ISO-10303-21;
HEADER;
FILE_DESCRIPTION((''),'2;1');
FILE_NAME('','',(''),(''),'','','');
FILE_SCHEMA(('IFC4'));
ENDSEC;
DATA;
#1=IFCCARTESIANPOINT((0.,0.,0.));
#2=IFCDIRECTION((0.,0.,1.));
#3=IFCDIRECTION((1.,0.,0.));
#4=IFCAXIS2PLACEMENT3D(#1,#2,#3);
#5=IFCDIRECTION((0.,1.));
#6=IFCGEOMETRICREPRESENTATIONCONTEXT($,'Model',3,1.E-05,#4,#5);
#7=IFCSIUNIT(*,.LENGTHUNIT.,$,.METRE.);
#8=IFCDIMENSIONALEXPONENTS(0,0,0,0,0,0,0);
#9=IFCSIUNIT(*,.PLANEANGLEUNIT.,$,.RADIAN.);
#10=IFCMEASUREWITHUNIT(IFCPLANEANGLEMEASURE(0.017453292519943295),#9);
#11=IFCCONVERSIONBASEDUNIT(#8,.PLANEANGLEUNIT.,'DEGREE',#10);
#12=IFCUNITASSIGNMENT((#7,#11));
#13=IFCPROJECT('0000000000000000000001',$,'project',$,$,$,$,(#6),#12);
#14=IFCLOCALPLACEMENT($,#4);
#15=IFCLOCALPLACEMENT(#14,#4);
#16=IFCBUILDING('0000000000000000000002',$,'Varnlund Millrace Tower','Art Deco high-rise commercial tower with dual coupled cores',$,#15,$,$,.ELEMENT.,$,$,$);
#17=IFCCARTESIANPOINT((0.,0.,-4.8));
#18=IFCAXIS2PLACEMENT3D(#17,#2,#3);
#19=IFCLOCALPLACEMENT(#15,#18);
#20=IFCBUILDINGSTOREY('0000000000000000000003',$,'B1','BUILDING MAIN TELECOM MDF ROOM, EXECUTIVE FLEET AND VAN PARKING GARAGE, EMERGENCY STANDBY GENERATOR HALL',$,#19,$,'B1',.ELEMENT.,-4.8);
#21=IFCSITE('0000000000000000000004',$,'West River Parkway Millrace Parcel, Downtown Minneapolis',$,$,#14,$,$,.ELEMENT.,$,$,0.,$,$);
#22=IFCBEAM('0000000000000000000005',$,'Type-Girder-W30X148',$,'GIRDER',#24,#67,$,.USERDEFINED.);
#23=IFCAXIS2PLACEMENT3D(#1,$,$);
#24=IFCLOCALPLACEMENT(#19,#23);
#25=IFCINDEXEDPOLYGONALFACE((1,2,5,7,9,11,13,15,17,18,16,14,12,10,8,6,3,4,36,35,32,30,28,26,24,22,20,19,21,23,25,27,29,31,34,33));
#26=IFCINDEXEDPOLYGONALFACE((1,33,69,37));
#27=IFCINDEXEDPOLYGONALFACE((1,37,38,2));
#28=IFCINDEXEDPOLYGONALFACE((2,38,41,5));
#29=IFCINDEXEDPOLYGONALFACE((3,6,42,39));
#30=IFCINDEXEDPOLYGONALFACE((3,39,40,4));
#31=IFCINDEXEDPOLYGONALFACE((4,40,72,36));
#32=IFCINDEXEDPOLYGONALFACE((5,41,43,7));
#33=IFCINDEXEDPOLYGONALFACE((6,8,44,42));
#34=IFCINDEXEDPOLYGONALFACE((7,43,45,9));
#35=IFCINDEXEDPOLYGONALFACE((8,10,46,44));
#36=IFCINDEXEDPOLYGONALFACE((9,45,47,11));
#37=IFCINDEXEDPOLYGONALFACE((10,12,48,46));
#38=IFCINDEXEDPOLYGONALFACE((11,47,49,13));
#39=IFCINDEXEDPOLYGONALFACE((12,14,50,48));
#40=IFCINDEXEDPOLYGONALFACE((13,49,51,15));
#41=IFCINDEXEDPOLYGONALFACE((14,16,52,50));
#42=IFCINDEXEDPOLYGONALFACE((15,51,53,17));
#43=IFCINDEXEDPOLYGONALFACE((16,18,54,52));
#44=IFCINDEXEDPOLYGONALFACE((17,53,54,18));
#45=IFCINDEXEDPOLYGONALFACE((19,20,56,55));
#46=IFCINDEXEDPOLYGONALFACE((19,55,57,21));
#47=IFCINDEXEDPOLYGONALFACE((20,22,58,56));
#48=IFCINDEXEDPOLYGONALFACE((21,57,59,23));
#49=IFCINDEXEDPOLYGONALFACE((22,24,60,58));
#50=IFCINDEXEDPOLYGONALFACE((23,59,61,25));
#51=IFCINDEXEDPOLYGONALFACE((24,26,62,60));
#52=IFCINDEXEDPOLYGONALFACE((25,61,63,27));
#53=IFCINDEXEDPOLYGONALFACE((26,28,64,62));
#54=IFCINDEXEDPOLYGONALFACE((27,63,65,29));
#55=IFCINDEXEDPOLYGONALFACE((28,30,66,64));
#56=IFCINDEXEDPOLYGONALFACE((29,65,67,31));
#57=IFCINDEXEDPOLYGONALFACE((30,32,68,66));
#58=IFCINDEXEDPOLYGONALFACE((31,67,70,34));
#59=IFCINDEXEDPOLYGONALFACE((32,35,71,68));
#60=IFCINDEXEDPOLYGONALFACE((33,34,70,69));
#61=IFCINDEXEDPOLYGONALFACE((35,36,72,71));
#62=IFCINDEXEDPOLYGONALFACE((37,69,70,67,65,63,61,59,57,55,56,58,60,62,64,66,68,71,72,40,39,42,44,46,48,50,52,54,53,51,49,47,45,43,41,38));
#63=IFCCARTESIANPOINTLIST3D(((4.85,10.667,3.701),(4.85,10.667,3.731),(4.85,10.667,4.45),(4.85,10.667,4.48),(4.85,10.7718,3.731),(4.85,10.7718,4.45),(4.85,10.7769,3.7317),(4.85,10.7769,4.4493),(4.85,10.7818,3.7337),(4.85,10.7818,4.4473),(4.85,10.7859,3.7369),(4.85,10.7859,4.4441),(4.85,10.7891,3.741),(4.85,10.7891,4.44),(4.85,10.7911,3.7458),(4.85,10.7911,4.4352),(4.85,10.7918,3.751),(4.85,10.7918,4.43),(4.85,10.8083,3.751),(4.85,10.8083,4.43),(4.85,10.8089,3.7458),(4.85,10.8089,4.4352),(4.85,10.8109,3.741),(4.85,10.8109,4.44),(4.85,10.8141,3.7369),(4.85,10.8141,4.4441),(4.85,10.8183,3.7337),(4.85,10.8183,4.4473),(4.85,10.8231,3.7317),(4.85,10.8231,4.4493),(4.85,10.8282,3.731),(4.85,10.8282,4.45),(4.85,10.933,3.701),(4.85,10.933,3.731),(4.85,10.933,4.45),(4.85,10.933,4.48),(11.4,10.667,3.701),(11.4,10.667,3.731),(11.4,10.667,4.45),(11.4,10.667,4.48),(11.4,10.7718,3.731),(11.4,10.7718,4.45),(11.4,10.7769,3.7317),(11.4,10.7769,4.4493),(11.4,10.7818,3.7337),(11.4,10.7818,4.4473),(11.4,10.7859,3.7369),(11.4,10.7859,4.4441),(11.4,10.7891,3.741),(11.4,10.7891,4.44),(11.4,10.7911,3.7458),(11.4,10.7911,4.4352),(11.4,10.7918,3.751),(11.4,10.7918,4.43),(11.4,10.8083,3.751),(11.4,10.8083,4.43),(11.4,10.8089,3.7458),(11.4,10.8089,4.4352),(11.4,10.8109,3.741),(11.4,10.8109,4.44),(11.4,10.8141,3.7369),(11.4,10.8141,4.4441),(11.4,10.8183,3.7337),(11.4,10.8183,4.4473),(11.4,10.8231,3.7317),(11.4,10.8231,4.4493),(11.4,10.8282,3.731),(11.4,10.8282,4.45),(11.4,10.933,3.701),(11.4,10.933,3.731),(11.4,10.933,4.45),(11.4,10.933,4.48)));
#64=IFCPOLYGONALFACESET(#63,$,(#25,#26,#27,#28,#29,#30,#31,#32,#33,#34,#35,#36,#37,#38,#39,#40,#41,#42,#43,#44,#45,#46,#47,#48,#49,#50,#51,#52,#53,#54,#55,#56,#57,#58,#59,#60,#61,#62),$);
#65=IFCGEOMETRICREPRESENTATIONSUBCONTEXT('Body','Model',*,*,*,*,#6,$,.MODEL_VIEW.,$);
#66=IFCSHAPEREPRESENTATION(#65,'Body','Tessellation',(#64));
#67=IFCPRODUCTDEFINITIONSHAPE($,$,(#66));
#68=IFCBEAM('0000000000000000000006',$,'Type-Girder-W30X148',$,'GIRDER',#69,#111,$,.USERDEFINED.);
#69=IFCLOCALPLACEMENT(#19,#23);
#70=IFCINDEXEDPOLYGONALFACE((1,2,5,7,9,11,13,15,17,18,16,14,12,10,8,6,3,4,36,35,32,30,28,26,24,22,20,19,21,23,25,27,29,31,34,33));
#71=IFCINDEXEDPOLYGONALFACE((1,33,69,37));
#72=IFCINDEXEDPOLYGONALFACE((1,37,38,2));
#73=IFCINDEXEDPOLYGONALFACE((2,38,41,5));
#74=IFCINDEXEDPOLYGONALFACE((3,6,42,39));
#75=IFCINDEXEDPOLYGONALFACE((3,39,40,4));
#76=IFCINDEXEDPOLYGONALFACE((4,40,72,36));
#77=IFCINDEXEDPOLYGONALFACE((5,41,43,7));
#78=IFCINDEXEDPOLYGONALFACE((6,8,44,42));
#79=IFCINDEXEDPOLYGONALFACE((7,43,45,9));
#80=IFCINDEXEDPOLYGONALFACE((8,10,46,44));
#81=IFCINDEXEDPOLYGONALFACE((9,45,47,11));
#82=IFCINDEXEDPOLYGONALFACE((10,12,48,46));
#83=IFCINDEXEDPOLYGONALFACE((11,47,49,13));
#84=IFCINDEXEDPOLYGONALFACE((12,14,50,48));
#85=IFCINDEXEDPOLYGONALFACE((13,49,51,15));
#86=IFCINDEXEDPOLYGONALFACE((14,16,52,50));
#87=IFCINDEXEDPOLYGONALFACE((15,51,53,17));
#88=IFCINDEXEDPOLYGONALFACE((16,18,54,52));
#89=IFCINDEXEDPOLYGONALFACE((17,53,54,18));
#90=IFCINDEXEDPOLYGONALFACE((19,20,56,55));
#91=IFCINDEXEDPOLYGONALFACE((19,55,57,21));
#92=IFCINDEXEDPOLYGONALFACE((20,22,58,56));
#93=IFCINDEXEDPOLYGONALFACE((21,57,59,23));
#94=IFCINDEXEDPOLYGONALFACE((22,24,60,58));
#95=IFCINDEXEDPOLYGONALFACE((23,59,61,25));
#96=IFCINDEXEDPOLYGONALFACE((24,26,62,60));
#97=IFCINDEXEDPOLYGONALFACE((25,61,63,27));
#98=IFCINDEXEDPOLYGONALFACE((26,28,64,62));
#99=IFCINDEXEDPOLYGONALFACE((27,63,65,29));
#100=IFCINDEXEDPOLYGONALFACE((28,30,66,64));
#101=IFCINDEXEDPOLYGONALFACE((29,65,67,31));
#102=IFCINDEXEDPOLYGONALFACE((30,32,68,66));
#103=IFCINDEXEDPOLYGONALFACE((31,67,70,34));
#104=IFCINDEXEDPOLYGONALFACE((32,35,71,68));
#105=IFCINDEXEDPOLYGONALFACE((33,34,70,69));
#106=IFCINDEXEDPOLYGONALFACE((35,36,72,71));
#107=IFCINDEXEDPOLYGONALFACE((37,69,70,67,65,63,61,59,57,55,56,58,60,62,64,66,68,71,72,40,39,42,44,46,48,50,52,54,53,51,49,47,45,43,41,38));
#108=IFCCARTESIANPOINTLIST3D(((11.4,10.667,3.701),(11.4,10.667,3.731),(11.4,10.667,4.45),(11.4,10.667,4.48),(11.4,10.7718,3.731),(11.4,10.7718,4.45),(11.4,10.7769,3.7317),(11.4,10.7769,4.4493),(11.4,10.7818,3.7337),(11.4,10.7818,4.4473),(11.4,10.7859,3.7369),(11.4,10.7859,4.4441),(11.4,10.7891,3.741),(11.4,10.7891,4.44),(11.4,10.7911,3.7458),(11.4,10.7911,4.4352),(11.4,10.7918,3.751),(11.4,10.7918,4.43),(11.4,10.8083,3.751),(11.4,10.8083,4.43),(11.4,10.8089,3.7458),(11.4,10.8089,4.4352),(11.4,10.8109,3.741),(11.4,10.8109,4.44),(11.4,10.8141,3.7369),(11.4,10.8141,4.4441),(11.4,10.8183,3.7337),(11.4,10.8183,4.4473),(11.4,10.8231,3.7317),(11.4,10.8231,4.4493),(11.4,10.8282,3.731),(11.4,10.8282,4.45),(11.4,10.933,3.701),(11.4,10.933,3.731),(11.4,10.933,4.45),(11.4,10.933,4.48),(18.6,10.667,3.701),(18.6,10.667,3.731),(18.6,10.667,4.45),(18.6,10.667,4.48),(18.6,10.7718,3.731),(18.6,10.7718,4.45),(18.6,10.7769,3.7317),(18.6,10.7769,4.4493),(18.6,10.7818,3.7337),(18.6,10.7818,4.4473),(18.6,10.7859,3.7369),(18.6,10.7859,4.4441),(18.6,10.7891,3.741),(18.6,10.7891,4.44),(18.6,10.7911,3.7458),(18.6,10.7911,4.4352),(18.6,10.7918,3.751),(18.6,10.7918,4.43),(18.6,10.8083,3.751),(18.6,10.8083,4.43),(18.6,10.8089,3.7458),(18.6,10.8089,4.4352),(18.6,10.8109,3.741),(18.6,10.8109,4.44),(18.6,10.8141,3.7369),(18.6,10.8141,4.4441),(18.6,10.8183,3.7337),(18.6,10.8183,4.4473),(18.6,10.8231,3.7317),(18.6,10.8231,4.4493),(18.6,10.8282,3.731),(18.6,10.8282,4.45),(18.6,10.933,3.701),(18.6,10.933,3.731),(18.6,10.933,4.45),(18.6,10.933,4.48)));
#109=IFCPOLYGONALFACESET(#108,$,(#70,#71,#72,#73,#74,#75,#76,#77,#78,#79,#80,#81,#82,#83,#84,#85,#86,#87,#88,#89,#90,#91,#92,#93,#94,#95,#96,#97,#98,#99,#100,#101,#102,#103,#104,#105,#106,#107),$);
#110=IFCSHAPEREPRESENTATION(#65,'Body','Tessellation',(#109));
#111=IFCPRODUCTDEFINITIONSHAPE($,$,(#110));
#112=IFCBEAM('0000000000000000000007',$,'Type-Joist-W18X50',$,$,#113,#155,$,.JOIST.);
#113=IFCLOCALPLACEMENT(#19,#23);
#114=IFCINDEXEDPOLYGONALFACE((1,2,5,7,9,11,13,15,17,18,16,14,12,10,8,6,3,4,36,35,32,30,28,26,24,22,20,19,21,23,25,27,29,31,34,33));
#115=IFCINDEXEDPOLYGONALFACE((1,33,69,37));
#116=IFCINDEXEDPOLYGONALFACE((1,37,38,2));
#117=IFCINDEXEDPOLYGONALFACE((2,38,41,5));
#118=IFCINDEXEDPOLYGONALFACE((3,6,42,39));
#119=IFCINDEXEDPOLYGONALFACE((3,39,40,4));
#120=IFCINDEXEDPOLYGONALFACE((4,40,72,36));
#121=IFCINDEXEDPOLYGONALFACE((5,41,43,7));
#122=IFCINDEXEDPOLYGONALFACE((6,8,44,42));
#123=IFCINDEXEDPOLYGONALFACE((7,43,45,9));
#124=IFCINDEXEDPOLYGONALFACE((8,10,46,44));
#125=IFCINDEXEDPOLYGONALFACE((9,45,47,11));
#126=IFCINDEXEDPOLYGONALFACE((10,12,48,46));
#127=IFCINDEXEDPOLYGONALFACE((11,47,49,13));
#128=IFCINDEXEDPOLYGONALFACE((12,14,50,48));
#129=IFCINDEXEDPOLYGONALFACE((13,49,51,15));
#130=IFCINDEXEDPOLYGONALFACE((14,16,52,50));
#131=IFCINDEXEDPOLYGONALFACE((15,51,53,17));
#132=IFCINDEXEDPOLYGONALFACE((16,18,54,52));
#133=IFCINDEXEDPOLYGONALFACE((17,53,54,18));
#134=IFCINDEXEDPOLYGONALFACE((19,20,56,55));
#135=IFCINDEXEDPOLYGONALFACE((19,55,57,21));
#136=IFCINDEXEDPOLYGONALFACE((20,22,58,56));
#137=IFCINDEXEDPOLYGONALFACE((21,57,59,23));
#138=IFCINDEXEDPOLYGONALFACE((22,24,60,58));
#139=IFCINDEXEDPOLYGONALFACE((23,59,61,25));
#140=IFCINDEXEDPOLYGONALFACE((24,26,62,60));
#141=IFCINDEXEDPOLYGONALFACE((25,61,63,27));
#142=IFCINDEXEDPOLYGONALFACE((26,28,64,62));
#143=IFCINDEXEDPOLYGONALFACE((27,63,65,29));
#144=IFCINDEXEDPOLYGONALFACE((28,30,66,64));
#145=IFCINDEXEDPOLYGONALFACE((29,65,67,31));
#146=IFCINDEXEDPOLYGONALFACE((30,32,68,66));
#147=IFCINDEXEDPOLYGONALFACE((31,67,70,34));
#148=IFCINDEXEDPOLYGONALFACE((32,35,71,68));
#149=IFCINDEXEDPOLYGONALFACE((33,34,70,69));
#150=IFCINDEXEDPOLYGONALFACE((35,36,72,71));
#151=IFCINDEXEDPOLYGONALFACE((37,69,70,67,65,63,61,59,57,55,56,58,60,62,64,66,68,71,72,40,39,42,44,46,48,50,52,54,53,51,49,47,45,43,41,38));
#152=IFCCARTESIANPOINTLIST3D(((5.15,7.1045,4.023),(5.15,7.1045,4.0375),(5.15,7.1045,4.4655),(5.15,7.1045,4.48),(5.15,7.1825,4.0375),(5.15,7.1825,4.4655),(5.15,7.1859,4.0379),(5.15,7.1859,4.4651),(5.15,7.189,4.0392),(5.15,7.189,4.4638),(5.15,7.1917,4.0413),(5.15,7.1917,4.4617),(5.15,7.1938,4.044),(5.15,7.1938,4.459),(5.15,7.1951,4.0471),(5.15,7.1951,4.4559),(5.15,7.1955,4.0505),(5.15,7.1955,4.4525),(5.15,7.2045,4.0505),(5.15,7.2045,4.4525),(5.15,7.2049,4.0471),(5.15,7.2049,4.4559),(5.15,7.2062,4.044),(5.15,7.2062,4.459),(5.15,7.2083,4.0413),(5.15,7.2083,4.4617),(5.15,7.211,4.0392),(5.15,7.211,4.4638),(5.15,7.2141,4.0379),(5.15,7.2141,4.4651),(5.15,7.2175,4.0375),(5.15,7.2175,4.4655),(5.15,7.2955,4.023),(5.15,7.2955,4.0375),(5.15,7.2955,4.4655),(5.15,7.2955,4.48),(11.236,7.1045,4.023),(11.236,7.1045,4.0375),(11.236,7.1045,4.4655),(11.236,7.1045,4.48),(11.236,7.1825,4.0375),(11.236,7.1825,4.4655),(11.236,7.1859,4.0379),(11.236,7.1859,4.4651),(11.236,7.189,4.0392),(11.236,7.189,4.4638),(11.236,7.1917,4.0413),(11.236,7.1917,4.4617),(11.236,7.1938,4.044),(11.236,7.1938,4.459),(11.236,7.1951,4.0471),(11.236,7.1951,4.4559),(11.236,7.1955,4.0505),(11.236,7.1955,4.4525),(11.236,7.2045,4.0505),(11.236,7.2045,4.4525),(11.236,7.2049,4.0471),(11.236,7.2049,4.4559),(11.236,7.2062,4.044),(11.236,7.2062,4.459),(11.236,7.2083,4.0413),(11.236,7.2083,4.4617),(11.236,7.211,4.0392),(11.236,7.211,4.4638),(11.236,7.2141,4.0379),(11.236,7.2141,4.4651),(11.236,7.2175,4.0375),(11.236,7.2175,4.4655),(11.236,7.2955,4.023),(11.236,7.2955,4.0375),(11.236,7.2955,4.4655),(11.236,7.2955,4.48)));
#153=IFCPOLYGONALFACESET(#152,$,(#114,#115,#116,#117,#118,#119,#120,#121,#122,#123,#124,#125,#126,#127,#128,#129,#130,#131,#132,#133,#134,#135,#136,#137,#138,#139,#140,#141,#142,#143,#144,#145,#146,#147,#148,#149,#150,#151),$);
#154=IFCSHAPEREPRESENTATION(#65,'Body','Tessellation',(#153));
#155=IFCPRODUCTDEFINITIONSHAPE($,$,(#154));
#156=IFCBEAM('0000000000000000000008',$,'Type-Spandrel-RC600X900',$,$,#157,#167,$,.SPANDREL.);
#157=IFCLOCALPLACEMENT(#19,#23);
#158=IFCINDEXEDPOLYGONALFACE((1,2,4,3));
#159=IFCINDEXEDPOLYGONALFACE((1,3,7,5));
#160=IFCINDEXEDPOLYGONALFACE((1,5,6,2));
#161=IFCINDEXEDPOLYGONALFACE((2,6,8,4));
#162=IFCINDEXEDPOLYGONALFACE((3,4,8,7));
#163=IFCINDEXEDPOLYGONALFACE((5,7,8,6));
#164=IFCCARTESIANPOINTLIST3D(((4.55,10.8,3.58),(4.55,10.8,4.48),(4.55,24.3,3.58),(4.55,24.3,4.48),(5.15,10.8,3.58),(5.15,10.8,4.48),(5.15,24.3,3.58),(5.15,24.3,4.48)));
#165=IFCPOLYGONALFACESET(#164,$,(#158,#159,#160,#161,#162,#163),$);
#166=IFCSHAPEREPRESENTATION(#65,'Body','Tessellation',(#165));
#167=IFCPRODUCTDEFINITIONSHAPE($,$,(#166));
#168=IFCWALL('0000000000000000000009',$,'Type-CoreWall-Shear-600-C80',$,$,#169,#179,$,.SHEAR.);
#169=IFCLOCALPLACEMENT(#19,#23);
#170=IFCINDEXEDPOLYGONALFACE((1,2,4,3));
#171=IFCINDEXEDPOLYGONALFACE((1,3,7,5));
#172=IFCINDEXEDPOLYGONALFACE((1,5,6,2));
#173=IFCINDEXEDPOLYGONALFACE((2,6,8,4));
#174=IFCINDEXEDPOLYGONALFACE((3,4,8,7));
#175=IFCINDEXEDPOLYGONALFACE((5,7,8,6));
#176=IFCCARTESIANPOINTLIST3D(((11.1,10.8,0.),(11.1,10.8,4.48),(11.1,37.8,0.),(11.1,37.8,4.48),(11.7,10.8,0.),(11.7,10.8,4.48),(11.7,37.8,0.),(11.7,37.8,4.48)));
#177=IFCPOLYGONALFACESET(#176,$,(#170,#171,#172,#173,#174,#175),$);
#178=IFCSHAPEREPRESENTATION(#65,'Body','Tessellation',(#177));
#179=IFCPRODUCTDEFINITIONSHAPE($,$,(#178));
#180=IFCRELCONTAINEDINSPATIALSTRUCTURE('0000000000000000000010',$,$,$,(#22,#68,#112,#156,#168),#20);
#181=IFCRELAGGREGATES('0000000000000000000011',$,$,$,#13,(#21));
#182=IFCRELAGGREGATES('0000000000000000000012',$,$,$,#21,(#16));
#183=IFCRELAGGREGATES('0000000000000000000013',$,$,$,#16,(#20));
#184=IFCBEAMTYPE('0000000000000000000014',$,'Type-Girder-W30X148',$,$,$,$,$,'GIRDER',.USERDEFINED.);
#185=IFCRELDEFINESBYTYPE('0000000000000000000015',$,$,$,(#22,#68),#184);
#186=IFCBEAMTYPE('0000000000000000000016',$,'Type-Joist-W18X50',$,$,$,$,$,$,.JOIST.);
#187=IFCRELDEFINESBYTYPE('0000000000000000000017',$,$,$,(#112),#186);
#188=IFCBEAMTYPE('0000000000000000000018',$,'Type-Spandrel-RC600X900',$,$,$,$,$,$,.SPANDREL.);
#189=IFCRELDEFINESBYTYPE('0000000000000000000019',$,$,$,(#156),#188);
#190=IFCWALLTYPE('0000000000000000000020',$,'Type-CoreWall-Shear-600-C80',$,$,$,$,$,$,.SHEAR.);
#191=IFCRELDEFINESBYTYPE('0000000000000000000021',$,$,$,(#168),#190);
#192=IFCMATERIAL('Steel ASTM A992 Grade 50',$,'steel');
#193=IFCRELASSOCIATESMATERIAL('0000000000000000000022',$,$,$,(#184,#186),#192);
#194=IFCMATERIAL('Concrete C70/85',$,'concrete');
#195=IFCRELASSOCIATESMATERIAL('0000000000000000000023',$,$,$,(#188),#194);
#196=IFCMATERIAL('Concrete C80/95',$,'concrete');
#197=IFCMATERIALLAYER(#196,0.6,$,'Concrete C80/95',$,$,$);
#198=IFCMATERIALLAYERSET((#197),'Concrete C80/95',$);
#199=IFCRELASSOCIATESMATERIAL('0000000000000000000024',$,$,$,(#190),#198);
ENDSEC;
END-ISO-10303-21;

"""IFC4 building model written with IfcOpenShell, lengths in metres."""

from ifc_helpers import new_model, entity, si_unit, converted_unit, direction, frame, origin_with_axes, origin_2d_with_axis, place, context, subcontext, project, spatial, polyline, rectangle, i_section, outline, extrude, material, layer, layer_set, material_profile, profile_set, type_object, element, save


model = new_model("IFC4")

# Units and contexts
model_context = context("Model", 3, precision=1e-05, world=origin_with_axes(), true_north=direction((0.0, 1.0)))
body_context = subcontext(model_context, "Body", "Model", "MODEL_VIEW")
ifc_project = project(units=[si_unit("LENGTHUNIT", "METRE"), converted_unit("PLANEANGLEUNIT", "DEGREE", entity("IfcPlaneAngleMeasure", 0.017453292519943295), si_unit("PLANEANGLEUNIT", "RADIAN"), dimensions=[0, 0, 0, 0, 0, 0, 0])], contexts=[model_context])

# Site, building, storey
site_placement = place(None, origin_with_axes())
site = spatial("IfcSite", under=ifc_project, at=site_placement, Name="West River Parkway Millrace Parcel, Downtown Minneapolis", CompositionType="ELEMENT", RefElevation=0.0)
building_placement = place(site_placement, origin_with_axes())
building = spatial("IfcBuilding", under=site, at=building_placement, Name="Varnlund Millrace Tower", Description="Art Deco high-rise commercial tower with dual coupled cores", CompositionType="ELEMENT")
storey_placement = place(building_placement, frame((0.0, 0.0, -4.8), z_axis=(0.0, 0.0, 1.0), x_axis=(1.0, 0.0, 0.0)))
storey = spatial("IfcBuildingStorey", under=building, at=storey_placement, Name="B1", Description="BUILDING MAIN TELECOM MDF ROOM, EXECUTIVE FLEET AND VAN PARKING GARAGE, EMERGENCY STANDBY GENERATOR HALL", LongName="B1", CompositionType="ELEMENT", Elevation=-4.8)

# Shared definitions
ifc_material_1 = material(Name="Concrete C80/95", Category="concrete")

# Beams
ifc_material_2 = material(Name="Steel ASTM A992 Grade 50", Category="steel")
ifc_material_profile_1 = material_profile(ifc_material_2, i_section(OverallWidth=0.266, OverallDepth=0.779, WebThickness=0.0165, FlangeThickness=0.03, FilletRadius=0.02, at=origin_2d_with_axis()), Name="Steel ASTM A992 Grade 50")
ifc_profile_set_1 = profile_set([ifc_material_profile_1], Name="Steel ASTM A992 Grade 50")
beam_type_1 = type_object("IfcBeamType", Name="Type-Girder-W30X148", ElementType="GIRDER", PredefinedType="USERDEFINED", material=ifc_profile_set_1)
beam_1_placement = place(storey_placement, frame((4.85, 10.8, 4.0905), z_axis=(1.0, 0.0, 0.0), x_axis=(0.0, 1.0, 0.0)))
element("IfcBeam", 1, at=beam_1_placement, inside=storey, type_object=beam_type_1, Name="Type-Girder-W30X148", ObjectType="GIRDER", PredefinedType="USERDEFINED", context=body_context, shape_type="SweptSolid", body=[
    extrude(i_section(OverallWidth=0.266, OverallDepth=0.779, WebThickness=0.0165, FlangeThickness=0.03, FilletRadius=0.02, at=origin_2d_with_axis()), origin_with_axes(), (0.0, 0.0, 1.0), 6.55),
])
beam_2_placement = place(storey_placement, frame((11.4, 10.8, 4.0905), z_axis=(1.0, 0.0, 0.0), x_axis=(0.0, 1.0, 0.0)))
element("IfcBeam", 2, at=beam_2_placement, inside=storey, type_object=beam_type_1, Name="Type-Girder-W30X148", ObjectType="GIRDER", PredefinedType="USERDEFINED", context=body_context, shape_type="SweptSolid", body=[
    extrude(i_section(OverallWidth=0.266, OverallDepth=0.779, WebThickness=0.0165, FlangeThickness=0.03, FilletRadius=0.02, at=origin_2d_with_axis()), origin_with_axes(), (0.0, 0.0, 1.0), 7.2),
])
ifc_material_profile_2 = material_profile(ifc_material_2, i_section(OverallWidth=0.191, OverallDepth=0.457, WebThickness=0.009, FlangeThickness=0.0145, FilletRadius=0.013, at=origin_2d_with_axis()), Name="Steel ASTM A992 Grade 50")
ifc_profile_set_2 = profile_set([ifc_material_profile_2], Name="Steel ASTM A992 Grade 50")
beam_type_2 = type_object("IfcBeamType", Name="Type-Joist-W18X50", PredefinedType="JOIST", material=ifc_profile_set_2)
beam_3_placement = place(storey_placement, frame((5.15, 7.2, 4.2515), z_axis=(1.0, 0.0, 0.0), x_axis=(0.0, 1.0, 0.0)))
element("IfcBeam", 3, at=beam_3_placement, inside=storey, type_object=beam_type_2, Name="Type-Joist-W18X50", PredefinedType="JOIST", context=body_context, shape_type="SweptSolid", body=[
    extrude(i_section(OverallWidth=0.191, OverallDepth=0.457, WebThickness=0.009, FlangeThickness=0.0145, FilletRadius=0.013, at=origin_2d_with_axis()), origin_with_axes(), (0.0, 0.0, 1.0), 6.086),
])
ifc_material_3 = material(Name="Concrete C70/85", Category="concrete")
ifc_material_profile_3 = material_profile(ifc_material_3, rectangle(XDim=0.6, YDim=0.9, at=origin_2d_with_axis()), Name="Concrete C70/85")
ifc_profile_set_3 = profile_set([ifc_material_profile_3], Name="Concrete C70/85")
beam_type_3 = type_object("IfcBeamType", Name="Type-Spandrel-RC600X900", PredefinedType="SPANDREL", material=ifc_profile_set_3)
beam_4_placement = place(storey_placement, frame((4.85, 10.8, 4.03), z_axis=(0.0, 1.0, 0.0), x_axis=(-1.0, 0.0, 0.0)))
element("IfcBeam", 4, at=beam_4_placement, inside=storey, type_object=beam_type_3, Name="Type-Spandrel-RC600X900", PredefinedType="SPANDREL", context=body_context, shape_type="SweptSolid", body=[
    extrude(rectangle(XDim=0.6, YDim=0.9, at=origin_2d_with_axis()), origin_with_axes(), (0.0, 0.0, 1.0), 13.5),
])

# Wall
ifc_layer_1 = layer(ifc_material_1, 0.6, Name="Concrete C80/95")
ifc_layer_set_1 = layer_set([ifc_layer_1], Name="Concrete C80/95")
wall_type_1 = type_object("IfcWallType", Name="Type-CoreWall-Shear-600-C80", PredefinedType="SHEAR", material=ifc_layer_set_1)
wall_1_placement = place(storey_placement, frame((11.4, 10.8, 0.0), z_axis=(0.0, 0.0, 1.0), x_axis=(0.0, 1.0, 0.0)))
element("IfcWall", 5, at=wall_1_placement, inside=storey, type_object=wall_type_1, Name="Type-CoreWall-Shear-600-C80", PredefinedType="SHEAR", context=body_context, shape_type="SweptSolid", body=[
    extrude(outline(polyline([(0.0, -0.3), (27.0, -0.3), (27.0, 0.3), (0.0, 0.3), (0.0, -0.3)])), origin_with_axes(), (0.0, 0.0, 1.0), 4.48),
])

save(model, "model.ifc")
